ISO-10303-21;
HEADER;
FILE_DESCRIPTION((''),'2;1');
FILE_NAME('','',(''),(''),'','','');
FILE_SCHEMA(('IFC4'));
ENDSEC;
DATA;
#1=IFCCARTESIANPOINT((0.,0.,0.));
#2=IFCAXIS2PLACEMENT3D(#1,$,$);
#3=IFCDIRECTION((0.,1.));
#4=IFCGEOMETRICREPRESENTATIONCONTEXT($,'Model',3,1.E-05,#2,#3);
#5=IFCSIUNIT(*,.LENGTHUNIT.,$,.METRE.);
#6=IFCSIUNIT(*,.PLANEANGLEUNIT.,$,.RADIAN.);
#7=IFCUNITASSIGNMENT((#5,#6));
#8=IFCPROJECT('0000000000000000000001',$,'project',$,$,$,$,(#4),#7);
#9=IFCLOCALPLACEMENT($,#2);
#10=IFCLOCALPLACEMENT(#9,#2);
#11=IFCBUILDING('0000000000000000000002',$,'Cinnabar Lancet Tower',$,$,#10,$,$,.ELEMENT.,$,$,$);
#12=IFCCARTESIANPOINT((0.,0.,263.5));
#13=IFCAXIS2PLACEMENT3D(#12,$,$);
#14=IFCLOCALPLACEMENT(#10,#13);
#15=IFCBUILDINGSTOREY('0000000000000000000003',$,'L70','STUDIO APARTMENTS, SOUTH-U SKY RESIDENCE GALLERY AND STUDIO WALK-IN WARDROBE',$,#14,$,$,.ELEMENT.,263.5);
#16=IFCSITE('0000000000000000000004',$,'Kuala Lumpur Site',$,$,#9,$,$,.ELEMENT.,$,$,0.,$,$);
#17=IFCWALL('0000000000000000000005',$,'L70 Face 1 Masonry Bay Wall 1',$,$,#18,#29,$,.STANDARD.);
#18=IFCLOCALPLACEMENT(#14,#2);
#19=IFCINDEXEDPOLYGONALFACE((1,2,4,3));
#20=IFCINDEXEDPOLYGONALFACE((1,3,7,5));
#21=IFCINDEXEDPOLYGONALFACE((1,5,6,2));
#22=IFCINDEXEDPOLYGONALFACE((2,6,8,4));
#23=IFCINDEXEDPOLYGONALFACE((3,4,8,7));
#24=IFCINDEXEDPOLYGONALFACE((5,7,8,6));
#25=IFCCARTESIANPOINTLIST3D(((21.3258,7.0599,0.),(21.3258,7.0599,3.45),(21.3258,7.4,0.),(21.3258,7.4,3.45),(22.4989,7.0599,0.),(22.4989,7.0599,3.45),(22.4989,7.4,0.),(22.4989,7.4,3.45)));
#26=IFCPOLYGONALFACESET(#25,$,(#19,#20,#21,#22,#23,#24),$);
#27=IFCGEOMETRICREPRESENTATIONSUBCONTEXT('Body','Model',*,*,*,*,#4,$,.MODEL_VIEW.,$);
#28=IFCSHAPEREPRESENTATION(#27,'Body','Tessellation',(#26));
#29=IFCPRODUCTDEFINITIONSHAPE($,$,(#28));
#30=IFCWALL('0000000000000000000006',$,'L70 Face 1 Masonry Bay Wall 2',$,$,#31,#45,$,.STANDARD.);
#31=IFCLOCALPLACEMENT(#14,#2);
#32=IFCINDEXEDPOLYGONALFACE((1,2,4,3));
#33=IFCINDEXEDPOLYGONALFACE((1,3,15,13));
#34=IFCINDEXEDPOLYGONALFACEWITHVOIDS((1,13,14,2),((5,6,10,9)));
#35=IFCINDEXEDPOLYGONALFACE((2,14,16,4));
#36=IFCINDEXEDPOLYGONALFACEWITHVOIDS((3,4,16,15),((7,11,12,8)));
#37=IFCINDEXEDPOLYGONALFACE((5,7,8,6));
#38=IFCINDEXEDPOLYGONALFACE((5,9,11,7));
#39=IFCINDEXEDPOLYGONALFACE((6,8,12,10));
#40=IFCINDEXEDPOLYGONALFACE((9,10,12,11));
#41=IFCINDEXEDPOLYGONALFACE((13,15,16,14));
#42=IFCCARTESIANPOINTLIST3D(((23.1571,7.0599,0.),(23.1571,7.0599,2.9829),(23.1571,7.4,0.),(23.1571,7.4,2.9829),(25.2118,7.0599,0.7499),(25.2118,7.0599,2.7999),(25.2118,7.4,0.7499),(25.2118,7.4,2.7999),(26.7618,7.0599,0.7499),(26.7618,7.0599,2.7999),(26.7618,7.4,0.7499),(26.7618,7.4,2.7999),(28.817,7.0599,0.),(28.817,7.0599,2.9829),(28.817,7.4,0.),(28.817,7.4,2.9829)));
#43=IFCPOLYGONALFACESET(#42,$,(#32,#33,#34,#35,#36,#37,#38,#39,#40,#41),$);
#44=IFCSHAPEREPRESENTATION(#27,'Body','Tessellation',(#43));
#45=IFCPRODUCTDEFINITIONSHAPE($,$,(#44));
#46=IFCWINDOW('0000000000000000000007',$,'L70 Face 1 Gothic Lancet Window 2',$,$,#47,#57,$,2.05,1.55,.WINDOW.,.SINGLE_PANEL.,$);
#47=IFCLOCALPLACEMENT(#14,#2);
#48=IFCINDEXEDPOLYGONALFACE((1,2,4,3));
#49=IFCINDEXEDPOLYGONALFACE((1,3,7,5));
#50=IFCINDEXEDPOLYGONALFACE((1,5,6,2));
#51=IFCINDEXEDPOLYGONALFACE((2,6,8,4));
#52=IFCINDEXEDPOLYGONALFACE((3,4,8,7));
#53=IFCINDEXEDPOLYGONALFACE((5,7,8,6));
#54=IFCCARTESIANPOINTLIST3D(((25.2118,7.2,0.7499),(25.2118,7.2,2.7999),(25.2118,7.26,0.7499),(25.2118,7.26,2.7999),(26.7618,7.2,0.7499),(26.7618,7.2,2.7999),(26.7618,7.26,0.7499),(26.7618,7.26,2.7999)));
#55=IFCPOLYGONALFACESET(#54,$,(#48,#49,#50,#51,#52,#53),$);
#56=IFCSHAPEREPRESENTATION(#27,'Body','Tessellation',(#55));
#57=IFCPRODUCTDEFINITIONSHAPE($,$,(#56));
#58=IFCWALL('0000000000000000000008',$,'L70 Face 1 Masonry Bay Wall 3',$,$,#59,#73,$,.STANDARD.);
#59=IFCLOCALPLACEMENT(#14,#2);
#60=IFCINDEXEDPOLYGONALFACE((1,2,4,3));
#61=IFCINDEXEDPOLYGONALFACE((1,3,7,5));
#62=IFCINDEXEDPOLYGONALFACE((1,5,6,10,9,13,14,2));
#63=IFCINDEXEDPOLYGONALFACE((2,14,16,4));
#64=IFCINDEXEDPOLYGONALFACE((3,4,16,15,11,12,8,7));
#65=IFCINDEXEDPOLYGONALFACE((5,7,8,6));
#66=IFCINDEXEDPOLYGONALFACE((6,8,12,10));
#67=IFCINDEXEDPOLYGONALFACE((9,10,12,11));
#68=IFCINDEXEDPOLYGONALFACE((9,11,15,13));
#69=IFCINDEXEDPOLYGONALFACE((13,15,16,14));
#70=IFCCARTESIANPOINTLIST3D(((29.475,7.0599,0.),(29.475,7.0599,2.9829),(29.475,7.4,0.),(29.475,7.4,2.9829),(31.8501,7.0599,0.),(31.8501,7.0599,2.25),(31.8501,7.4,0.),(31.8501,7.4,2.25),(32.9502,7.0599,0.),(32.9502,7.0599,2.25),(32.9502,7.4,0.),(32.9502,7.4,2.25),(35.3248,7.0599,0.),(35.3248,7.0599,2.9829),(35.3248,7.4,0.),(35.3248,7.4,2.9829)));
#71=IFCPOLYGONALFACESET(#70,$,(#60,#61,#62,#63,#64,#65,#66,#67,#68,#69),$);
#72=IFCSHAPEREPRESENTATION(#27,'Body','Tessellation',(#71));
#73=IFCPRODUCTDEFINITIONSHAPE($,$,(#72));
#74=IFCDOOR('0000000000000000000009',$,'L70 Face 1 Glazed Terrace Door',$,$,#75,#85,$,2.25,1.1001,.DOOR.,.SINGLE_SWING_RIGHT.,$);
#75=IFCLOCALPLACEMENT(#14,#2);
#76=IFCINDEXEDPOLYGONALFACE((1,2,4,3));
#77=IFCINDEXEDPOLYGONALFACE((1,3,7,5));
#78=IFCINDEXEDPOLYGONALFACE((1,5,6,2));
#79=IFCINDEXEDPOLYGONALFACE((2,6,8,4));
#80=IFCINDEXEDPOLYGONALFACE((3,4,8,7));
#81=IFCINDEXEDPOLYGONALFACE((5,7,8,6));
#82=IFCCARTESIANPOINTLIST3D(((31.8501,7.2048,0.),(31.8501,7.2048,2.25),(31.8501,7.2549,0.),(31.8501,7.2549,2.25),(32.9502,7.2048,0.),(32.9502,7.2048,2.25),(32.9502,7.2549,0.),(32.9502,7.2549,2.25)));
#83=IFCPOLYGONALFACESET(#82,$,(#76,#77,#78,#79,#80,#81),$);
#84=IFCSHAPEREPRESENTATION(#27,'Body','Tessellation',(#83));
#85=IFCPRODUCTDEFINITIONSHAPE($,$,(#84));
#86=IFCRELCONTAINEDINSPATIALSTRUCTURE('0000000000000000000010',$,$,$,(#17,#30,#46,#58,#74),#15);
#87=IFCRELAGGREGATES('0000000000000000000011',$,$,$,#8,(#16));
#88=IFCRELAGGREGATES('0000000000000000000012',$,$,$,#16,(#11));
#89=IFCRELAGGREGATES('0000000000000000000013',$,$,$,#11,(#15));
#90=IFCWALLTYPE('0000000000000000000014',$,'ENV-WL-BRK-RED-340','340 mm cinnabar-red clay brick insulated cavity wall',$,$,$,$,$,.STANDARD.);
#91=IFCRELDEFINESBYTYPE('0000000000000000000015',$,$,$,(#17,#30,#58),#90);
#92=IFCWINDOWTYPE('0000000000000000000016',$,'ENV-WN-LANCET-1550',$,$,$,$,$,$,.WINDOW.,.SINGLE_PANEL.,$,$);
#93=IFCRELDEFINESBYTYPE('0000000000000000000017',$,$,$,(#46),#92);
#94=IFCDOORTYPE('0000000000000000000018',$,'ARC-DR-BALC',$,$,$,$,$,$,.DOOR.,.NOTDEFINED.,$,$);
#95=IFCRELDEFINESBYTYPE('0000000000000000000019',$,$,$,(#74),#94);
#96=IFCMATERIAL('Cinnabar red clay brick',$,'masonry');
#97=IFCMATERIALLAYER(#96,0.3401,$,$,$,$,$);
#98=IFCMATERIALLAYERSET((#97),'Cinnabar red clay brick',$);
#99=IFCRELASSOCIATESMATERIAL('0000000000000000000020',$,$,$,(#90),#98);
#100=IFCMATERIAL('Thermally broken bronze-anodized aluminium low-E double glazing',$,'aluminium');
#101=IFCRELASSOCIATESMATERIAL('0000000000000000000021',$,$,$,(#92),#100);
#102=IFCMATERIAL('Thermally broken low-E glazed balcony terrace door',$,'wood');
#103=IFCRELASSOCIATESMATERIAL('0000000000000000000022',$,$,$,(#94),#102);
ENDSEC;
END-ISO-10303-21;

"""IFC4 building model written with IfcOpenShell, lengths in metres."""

from ifc_helpers import new_model, si_unit, direction, frame, frame_2d, origin, place, context, subcontext, project, spatial, rectangle, extrude, material, layer, layer_set, type_object, element, fill, save


model = new_model("IFC4")

# Units and contexts
model_context = context("Model", 3, precision=1e-05, world=origin(), true_north=direction((0.0, 1.0)))
body_context = subcontext(model_context, "Body", "Model", "MODEL_VIEW")
ifc_project = project(units=[si_unit("LENGTHUNIT", "METRE"), si_unit("PLANEANGLEUNIT", "RADIAN")], contexts=[model_context])

# Site, building, storey
site_placement = place(None, origin())
site = spatial("IfcSite", under=ifc_project, at=site_placement, Name="Kuala Lumpur Site", CompositionType="ELEMENT", RefElevation=0.0)
building_placement = place(site_placement, origin())
building = spatial("IfcBuilding", under=site, at=building_placement, Name="Cinnabar Lancet Tower", CompositionType="ELEMENT")
storey_placement = place(building_placement, frame((0.0, 0.0, 263.5)))
storey = spatial("IfcBuildingStorey", under=building, at=storey_placement, Name="L70", Description="STUDIO APARTMENTS, SOUTH-U SKY RESIDENCE GALLERY AND STUDIO WALK-IN WARDROBE", CompositionType="ELEMENT", Elevation=263.5)

# Wall
ifc_material_1 = material(Name="Cinnabar red clay brick", Category="masonry")
ifc_layer_1 = layer(ifc_material_1, 0.3401)
ifc_layer_set_1 = layer_set([ifc_layer_1], Name="Cinnabar red clay brick")
wall_type_1 = type_object("IfcWallType", Name="ENV-WL-BRK-RED-340", Description="340 mm cinnabar-red clay brick insulated cavity wall", PredefinedType="STANDARD", material=ifc_layer_set_1)
wall_1_placement = place(storey_placement, frame((21.3259, 7.23, 0.0), z_axis=(0.0, 0.0, 1.0), x_axis=(1.0, 0.0, 0.0)))
element("IfcWall", 1, at=wall_1_placement, inside=storey, type_object=wall_type_1, Name="L70 Face 1 Masonry Bay Wall 1", PredefinedType="STANDARD", context=body_context, shape_type="SweptSolid", body=[
    extrude(rectangle(XDim=1.1731, YDim=0.3401, at=frame_2d((0.5864, 0.0))), origin(), (0.0, 0.0, 1.0), 3.45),
])

# Wall, opening, window
wall_2_placement = place(storey_placement, frame((23.157, 7.23, 0.0), z_axis=(0.0, 0.0, 1.0), x_axis=(1.0, 0.0, 0.0)))
wall_2 = element("IfcWall", 2, at=wall_2_placement, inside=storey, type_object=wall_type_1, Name="L70 Face 1 Masonry Bay Wall 2", PredefinedType="STANDARD", context=body_context, shape_type="SweptSolid", body=[
    extrude(rectangle(XDim=5.6599, YDim=0.3401, at=frame_2d((2.8301, 0.0))), origin(), (0.0, 0.0, 1.0), 2.9829),
])
opening_1_placement = place(wall_2_placement, frame((2.0549, 0.0, 0.75)))
opening_1 = element("IfcOpeningElement", 3, at=opening_1_placement, cuts=wall_2, PredefinedType="OPENING", context=body_context, shape_type="SweptSolid", body=[
    extrude(rectangle(XDim=1.55, YDim=2.05, at=frame_2d((0.7749, 1.0249))), frame((0.0, 0.1799, 0.0), z_axis=(0.0, -1.0, 0.0), x_axis=(1.0, 0.0, 0.0)), (0.0, 0.0, 1.0), 0.3601),
])
ifc_material_2 = material(Name="Thermally broken bronze-anodized aluminium low-E double glazing", Category="aluminium")
window_type = type_object("IfcWindowType", Name="ENV-WN-LANCET-1550", PartitioningType="SINGLE_PANEL", PredefinedType="WINDOW", material=ifc_material_2)
window_placement = place(opening_1_placement, origin())
window = element("IfcWindow", 4, at=window_placement, inside=storey, type_object=window_type, Name="L70 Face 1 Gothic Lancet Window 2", OverallHeight=2.05, OverallWidth=1.55, PartitioningType="SINGLE_PANEL", PredefinedType="WINDOW", context=body_context, shape_type="SweptSolid", body=[
    extrude(rectangle(XDim=1.55, YDim=2.05, at=frame_2d((0.7749, 1.0249))), frame((0.0, 0.03, 0.0), z_axis=(0.0, -1.0, 0.0), x_axis=(1.0, 0.0, 0.0)), (0.0, 0.0, 1.0), 0.0601),
])
fill(opening_1, window)

# Wall, opening, door
wall_3_placement = place(storey_placement, frame((29.4751, 7.23, 0.0), z_axis=(0.0, 0.0, 1.0), x_axis=(1.0, 0.0, 0.0)))
wall_3 = element("IfcWall", 5, at=wall_3_placement, inside=storey, type_object=wall_type_1, Name="L70 Face 1 Masonry Bay Wall 3", PredefinedType="STANDARD", context=body_context, shape_type="SweptSolid", body=[
    extrude(rectangle(XDim=5.8499, YDim=0.3401, at=frame_2d((2.9248, 0.0))), origin(), (0.0, 0.0, 1.0), 2.9829),
])
opening_2_placement = place(wall_3_placement, frame((2.375, 0.0, 0.0)))
opening_2 = element("IfcOpeningElement", 6, at=opening_2_placement, cuts=wall_3, PredefinedType="OPENING", context=body_context, shape_type="SweptSolid", body=[
    extrude(rectangle(XDim=1.1001, YDim=2.25, at=frame_2d((0.55, 1.125))), frame((0.0, 0.1799, 0.0), z_axis=(0.0, -1.0, 0.0), x_axis=(1.0, 0.0, 0.0)), (0.0, 0.0, 1.0), 0.3601),
])
ifc_material_3 = material(Name="Thermally broken low-E glazed balcony terrace door", Category="wood")
door_type_1 = type_object("IfcDoorType", Name="ARC-DR-BALC", OperationType="NOTDEFINED", PredefinedType="DOOR", material=ifc_material_3)
door_1_placement = place(opening_2_placement, origin())
door_1 = element("IfcDoor", 7, at=door_1_placement, inside=storey, type_object=door_type_1, Name="L70 Face 1 Glazed Terrace Door", OperationType="SINGLE_SWING_RIGHT", OverallHeight=2.25, OverallWidth=1.1001, PredefinedType="DOOR", context=body_context, shape_type="SweptSolid", body=[
    extrude(rectangle(XDim=1.1001, YDim=2.25, at=frame_2d((0.55, 1.125))), frame((0.0, 0.0249, 0.0), z_axis=(0.0, -1.0, 0.0), x_axis=(1.0, 0.0, 0.0)), (0.0, 0.0, 1.0), 0.05),
])
fill(opening_2, door_1)

save(model, "model.ifc")
